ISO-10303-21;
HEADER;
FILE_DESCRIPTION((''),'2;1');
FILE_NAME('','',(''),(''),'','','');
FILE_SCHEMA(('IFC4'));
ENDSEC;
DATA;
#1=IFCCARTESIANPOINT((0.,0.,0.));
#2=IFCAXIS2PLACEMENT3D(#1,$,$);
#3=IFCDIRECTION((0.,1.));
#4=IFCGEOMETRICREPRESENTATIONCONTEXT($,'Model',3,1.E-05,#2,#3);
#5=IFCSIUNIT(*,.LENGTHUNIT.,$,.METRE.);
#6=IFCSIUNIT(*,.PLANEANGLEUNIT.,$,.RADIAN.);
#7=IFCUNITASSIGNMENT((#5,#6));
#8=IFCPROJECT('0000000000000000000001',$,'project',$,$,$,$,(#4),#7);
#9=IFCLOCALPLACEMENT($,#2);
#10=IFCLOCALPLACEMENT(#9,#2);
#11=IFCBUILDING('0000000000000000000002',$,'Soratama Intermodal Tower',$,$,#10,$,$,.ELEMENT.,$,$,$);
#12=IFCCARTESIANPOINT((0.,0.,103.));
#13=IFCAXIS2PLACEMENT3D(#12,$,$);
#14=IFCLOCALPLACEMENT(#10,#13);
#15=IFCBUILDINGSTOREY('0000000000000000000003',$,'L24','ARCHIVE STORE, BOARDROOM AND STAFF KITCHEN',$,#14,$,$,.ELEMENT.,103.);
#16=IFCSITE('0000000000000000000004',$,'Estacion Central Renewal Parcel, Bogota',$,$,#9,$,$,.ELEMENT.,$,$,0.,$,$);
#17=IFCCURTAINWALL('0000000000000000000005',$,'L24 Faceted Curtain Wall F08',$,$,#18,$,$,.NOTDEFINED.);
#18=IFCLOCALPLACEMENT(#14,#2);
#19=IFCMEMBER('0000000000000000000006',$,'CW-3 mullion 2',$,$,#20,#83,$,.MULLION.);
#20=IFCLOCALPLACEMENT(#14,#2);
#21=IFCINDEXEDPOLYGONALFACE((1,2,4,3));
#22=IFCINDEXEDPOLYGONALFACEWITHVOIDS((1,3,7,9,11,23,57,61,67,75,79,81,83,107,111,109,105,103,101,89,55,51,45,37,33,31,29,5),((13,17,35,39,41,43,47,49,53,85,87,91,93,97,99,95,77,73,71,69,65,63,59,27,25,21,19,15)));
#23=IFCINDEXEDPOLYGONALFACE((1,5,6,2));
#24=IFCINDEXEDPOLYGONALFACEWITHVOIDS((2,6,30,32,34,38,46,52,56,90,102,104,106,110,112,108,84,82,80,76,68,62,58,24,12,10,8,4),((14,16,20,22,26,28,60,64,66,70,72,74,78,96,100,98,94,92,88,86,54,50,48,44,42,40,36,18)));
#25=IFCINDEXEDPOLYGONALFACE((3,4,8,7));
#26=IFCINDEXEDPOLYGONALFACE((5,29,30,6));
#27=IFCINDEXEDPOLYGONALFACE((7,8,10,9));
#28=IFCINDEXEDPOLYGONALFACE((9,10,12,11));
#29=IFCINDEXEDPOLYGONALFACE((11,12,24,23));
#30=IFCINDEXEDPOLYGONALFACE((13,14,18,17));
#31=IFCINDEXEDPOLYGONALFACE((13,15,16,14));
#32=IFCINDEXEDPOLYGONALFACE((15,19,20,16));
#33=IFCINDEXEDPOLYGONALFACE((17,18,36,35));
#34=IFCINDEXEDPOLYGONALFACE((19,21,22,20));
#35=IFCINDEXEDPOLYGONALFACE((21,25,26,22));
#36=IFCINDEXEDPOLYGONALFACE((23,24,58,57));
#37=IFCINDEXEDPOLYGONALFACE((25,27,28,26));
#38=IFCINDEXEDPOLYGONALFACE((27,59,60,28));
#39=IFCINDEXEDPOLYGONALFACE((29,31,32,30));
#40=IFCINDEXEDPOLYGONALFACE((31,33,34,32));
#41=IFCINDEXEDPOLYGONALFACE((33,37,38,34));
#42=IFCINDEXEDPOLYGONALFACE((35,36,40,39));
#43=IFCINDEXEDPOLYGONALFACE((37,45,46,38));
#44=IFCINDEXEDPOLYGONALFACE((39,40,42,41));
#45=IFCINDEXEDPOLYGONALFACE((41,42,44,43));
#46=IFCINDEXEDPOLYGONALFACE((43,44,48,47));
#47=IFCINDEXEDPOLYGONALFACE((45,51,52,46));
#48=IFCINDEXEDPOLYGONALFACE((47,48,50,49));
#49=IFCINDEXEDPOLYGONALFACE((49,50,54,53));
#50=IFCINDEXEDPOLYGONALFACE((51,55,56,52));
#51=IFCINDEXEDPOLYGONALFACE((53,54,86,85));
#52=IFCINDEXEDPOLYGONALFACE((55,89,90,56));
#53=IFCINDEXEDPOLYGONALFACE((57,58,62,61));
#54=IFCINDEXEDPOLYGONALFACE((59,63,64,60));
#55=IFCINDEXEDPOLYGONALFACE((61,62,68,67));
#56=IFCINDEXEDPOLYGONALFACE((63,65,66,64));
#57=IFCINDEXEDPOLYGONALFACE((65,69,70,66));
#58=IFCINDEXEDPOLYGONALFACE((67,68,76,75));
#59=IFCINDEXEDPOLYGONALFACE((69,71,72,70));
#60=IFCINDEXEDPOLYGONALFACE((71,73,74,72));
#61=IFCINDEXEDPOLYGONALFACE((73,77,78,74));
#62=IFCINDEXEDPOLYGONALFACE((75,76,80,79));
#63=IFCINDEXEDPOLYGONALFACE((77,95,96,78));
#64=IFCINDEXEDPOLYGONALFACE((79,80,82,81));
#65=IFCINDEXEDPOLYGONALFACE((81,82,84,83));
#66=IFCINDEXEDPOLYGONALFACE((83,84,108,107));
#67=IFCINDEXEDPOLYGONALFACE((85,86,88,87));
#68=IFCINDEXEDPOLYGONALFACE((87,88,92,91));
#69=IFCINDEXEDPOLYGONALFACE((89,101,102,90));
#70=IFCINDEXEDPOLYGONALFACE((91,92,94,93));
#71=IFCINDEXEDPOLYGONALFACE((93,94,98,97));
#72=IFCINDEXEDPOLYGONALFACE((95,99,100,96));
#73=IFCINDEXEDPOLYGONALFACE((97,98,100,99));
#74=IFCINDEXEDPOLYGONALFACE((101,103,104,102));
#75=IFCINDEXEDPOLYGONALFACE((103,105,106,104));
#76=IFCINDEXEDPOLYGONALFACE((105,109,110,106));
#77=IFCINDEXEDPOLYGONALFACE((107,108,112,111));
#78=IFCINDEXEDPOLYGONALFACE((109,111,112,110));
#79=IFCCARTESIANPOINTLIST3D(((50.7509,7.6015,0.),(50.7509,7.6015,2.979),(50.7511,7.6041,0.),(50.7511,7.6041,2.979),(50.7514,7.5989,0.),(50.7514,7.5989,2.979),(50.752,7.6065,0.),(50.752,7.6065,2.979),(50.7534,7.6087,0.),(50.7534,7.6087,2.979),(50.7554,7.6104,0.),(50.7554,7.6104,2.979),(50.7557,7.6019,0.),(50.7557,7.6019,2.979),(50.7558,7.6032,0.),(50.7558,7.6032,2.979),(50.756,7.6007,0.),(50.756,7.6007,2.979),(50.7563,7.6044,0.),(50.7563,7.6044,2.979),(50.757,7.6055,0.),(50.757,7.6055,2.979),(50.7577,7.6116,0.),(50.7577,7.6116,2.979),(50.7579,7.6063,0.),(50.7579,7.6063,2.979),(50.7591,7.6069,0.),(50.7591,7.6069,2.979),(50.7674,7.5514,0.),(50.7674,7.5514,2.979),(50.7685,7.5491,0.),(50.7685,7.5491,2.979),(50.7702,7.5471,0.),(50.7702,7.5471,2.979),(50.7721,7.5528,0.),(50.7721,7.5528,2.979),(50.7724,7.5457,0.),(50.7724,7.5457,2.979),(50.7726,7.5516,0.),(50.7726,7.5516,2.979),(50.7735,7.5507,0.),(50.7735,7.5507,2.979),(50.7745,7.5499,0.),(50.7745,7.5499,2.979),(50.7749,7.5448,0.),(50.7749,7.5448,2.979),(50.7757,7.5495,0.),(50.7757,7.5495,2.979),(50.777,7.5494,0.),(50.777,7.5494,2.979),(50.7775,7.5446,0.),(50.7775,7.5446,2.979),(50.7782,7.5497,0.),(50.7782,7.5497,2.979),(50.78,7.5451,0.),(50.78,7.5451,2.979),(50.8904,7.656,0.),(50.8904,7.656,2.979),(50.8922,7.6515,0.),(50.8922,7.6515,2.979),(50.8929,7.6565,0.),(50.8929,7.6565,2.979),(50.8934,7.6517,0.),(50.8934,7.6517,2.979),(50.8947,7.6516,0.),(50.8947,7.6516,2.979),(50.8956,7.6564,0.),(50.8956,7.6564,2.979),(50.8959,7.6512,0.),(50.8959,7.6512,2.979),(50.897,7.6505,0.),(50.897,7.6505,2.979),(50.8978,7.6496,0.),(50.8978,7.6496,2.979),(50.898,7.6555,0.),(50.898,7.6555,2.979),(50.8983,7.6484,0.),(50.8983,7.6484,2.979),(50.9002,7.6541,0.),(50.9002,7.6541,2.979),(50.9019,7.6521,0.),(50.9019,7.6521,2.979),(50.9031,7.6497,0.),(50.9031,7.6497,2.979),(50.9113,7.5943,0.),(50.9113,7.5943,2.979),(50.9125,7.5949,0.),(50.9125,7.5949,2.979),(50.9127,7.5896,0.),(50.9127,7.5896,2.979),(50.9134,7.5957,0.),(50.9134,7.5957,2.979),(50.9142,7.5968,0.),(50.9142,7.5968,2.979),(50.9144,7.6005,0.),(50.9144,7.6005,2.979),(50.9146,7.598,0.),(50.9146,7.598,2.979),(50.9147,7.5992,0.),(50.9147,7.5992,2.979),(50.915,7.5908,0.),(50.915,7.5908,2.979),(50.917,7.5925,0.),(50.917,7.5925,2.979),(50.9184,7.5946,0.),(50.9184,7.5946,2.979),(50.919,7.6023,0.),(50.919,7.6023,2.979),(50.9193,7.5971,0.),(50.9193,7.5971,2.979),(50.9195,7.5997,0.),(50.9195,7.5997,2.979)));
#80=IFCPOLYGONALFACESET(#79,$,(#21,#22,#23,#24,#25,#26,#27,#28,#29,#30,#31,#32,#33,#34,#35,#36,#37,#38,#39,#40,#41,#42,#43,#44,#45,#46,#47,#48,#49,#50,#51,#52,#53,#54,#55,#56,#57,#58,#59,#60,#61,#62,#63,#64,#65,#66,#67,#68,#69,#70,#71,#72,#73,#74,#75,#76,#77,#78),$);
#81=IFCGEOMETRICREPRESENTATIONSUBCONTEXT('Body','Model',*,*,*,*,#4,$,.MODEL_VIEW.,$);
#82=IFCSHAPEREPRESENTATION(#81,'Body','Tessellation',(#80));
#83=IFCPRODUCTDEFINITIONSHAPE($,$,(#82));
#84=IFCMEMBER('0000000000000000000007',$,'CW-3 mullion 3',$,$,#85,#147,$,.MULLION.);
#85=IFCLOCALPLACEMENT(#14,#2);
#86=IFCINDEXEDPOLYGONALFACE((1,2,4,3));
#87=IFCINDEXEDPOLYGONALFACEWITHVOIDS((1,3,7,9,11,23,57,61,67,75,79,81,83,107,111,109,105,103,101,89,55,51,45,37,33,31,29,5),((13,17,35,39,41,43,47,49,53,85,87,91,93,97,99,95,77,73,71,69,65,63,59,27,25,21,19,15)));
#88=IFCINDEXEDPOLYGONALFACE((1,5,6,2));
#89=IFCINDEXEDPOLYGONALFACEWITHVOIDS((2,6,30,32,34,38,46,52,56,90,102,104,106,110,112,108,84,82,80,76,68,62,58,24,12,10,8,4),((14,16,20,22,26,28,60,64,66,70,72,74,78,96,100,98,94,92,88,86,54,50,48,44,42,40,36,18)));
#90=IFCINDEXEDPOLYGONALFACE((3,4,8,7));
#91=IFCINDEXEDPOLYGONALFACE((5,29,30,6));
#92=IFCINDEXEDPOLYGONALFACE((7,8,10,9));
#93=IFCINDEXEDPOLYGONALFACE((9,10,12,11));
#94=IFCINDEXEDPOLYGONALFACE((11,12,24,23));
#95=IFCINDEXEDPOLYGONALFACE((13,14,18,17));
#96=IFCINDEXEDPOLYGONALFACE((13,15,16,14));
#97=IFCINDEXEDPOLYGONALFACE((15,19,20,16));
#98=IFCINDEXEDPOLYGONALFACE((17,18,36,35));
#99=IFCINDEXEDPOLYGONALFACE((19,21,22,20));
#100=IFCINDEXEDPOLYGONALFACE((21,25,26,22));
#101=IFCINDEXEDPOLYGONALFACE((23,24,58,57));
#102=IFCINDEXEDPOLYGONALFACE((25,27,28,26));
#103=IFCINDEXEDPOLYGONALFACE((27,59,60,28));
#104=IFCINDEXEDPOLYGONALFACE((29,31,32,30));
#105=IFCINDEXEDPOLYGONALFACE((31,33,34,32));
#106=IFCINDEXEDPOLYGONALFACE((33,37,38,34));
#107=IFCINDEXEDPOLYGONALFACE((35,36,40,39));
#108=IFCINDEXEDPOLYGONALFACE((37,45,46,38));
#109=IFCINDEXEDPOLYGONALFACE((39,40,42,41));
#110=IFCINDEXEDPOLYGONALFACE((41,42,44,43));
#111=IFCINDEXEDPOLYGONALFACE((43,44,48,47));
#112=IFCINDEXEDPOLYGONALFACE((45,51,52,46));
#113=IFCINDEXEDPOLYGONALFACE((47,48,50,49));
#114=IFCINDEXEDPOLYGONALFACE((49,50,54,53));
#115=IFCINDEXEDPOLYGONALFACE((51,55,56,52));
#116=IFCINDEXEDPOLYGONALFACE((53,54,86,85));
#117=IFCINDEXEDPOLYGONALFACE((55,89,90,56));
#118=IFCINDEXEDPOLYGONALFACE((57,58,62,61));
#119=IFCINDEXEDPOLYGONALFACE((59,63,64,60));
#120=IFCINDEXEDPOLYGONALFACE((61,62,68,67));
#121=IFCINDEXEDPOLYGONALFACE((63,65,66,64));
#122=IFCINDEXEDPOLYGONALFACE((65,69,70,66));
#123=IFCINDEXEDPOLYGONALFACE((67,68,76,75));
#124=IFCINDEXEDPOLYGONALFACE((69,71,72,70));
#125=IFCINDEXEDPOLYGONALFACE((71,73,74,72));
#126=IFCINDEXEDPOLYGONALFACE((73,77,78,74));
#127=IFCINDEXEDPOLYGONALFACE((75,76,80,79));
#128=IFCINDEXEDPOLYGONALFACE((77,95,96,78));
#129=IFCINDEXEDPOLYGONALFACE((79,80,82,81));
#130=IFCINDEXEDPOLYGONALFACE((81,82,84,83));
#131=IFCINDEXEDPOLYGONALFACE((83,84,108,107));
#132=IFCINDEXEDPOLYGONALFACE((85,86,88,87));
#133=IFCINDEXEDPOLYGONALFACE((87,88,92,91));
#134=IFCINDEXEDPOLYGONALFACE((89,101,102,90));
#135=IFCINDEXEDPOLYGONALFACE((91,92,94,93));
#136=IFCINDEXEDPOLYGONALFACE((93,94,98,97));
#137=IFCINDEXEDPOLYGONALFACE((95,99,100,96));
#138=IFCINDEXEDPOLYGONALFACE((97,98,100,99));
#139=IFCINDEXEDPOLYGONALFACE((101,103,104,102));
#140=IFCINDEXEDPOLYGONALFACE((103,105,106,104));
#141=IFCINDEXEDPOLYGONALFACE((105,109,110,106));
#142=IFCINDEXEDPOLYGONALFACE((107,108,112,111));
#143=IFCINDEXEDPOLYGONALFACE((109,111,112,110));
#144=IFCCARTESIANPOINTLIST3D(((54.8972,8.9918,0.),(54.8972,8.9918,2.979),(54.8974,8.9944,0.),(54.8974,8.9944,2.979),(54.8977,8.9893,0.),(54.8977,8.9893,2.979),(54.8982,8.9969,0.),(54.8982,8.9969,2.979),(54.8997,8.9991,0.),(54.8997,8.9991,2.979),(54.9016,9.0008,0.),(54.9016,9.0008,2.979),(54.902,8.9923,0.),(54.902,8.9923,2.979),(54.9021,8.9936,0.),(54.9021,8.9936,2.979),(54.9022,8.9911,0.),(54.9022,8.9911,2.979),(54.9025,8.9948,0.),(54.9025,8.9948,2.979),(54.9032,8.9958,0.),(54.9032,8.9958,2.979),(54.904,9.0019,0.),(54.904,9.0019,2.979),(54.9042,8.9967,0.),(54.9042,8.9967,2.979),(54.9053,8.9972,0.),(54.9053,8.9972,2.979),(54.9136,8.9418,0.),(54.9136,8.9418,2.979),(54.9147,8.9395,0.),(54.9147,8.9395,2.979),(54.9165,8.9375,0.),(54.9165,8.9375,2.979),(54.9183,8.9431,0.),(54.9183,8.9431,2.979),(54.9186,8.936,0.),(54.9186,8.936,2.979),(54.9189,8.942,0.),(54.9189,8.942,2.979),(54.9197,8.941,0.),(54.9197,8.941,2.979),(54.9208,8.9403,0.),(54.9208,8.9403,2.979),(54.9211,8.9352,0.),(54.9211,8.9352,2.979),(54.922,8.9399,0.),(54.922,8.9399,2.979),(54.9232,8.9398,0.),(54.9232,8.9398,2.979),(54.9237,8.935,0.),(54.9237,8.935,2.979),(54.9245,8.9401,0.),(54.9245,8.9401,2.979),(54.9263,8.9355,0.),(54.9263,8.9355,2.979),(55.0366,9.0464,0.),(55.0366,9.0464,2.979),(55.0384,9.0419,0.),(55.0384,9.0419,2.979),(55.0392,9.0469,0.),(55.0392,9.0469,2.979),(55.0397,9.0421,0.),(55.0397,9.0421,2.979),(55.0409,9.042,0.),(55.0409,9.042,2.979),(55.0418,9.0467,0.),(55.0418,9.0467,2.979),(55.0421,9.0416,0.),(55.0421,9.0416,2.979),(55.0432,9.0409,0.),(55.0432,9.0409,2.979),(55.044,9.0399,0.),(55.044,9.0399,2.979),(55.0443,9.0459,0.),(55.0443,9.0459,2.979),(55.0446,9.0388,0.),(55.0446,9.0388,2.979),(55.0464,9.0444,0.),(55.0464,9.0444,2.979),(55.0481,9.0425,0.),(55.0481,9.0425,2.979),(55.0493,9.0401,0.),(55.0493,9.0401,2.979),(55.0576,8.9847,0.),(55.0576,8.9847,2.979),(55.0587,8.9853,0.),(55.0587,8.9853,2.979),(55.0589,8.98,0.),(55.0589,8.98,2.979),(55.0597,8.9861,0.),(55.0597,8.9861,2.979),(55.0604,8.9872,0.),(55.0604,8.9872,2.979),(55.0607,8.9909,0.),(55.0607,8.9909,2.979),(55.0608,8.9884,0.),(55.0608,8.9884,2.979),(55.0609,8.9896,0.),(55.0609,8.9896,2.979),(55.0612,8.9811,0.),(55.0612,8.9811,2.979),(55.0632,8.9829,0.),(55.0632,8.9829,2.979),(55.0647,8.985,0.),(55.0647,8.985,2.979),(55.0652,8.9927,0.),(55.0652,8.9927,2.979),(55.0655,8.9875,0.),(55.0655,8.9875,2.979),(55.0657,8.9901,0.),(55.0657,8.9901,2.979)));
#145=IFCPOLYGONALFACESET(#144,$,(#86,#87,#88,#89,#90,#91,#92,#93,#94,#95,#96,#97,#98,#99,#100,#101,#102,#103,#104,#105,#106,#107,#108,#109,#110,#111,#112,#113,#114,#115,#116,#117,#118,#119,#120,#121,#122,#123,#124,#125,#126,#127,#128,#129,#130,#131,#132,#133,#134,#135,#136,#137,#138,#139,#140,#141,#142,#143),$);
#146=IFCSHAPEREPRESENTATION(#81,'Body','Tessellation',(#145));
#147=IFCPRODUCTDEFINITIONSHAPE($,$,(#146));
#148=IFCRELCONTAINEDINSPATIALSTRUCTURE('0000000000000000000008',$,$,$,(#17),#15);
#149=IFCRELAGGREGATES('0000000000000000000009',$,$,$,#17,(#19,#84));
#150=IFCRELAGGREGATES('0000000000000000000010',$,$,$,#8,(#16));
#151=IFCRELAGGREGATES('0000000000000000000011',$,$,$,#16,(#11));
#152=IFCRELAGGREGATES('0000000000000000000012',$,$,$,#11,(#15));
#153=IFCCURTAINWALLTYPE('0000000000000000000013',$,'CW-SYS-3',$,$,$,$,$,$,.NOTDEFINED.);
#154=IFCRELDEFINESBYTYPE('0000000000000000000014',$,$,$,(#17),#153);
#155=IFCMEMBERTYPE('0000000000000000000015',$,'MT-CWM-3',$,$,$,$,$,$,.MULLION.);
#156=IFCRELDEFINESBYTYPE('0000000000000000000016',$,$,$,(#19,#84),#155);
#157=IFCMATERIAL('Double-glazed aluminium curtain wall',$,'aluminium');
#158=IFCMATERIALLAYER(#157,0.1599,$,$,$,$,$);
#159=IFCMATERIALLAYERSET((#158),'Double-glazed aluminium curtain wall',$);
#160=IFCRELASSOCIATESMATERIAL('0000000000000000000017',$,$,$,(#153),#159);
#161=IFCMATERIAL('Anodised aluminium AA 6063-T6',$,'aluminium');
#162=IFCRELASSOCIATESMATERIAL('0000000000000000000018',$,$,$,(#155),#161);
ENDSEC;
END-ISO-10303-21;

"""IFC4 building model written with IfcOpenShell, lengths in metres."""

from ifc_helpers import new_model, si_unit, direction, frame, origin, origin_2d, place, context, subcontext, project, spatial, hollow_rectangle, extrude, material, layer, layer_set, material_profile, profile_set, type_object, element, aggregate, save


model = new_model("IFC4")

# Units and contexts
model_context = context("Model", 3, precision=1e-05, world=origin(), true_north=direction((0.0, 1.0)))
body_context = subcontext(model_context, "Body", "Model", "MODEL_VIEW")
ifc_project = project(units=[si_unit("LENGTHUNIT", "METRE"), si_unit("PLANEANGLEUNIT", "RADIAN")], contexts=[model_context])

# Site, building, storey
site_placement = place(None, origin())
site = spatial("IfcSite", under=ifc_project, at=site_placement, Name="Estacion Central Renewal Parcel, Bogota", CompositionType="ELEMENT", RefElevation=0.0)
building_placement = place(site_placement, origin())
building = spatial("IfcBuilding", under=site, at=building_placement, Name="Soratama Intermodal Tower", CompositionType="ELEMENT")
storey_placement = place(building_placement, frame((0.0, 0.0, 103.0)))
storey = spatial("IfcBuildingStorey", under=building, at=storey_placement, Name="L24", Description="ARCHIVE STORE, BOARDROOM AND STAFF KITCHEN", CompositionType="ELEMENT", Elevation=103.0)

# Curtain wall, members
ifc_material_1 = material(Name="Double-glazed aluminium curtain wall", Category="aluminium")
ifc_layer_1 = layer(ifc_material_1, 0.1599)
ifc_layer_set_1 = layer_set([ifc_layer_1], Name="Double-glazed aluminium curtain wall")
curtain_wall_type = type_object("IfcCurtainWallType", Name="CW-SYS-3", PredefinedType="NOTDEFINED", material=ifc_layer_set_1)
curtain_wall_1_placement = place(storey_placement, origin())
curtain_wall_1 = element("IfcCurtainWall", 1, at=curtain_wall_1_placement, inside=storey, type_object=curtain_wall_type, Name="L24 Faceted Curtain Wall F08", PredefinedType="NOTDEFINED")
ifc_material_2 = material(Name="Anodised aluminium AA 6063-T6", Category="aluminium")
ifc_material_profile_1 = material_profile(ifc_material_2, hollow_rectangle(XDim=0.0701, YDim=0.1599, WallThickness=0.0049, InnerFilletRadius=0.0049, OuterFilletRadius=0.01, at=origin_2d()), Name="CWM160X70X5")
ifc_profile_set_1 = profile_set([ifc_material_profile_1], Name="Anodised aluminium AA 6063-T6")
member_type_1 = type_object("IfcMemberType", Name="MT-CWM-3", PredefinedType="MULLION", material=ifc_profile_set_1)
member_1_placement = place(storey_placement, frame((50.8352, 7.6006, 0.0), z_axis=(0.0, 0.0, 1.0), x_axis=(-0.317958, 0.948105, 0.0)))
member_1 = element("IfcMember", 2, at=member_1_placement, type_object=member_type_1, Name="CW-3 mullion 2", PredefinedType="MULLION", context=body_context, shape_type="SweptSolid", body=[
    extrude(hollow_rectangle(XDim=0.0701, YDim=0.1599, WallThickness=0.0049, InnerFilletRadius=0.0049, OuterFilletRadius=0.01, at=origin_2d()), origin(), (0.0, 0.0, 1.0), 2.979),
])
member_2_placement = place(storey_placement, frame((54.9814, 8.991, 0.0), z_axis=(0.0, 0.0, 1.0), x_axis=(-0.317958, 0.948105, 0.0)))
member_2 = element("IfcMember", 3, at=member_2_placement, type_object=member_type_1, Name="CW-3 mullion 3", PredefinedType="MULLION", context=body_context, shape_type="SweptSolid", body=[
    extrude(hollow_rectangle(XDim=0.0701, YDim=0.1599, WallThickness=0.0049, InnerFilletRadius=0.0049, OuterFilletRadius=0.01, at=origin_2d()), origin(), (0.0, 0.0, 1.0), 2.979),
])

aggregate(curtain_wall_1, [member_1, member_2])

save(model, "model.ifc")
